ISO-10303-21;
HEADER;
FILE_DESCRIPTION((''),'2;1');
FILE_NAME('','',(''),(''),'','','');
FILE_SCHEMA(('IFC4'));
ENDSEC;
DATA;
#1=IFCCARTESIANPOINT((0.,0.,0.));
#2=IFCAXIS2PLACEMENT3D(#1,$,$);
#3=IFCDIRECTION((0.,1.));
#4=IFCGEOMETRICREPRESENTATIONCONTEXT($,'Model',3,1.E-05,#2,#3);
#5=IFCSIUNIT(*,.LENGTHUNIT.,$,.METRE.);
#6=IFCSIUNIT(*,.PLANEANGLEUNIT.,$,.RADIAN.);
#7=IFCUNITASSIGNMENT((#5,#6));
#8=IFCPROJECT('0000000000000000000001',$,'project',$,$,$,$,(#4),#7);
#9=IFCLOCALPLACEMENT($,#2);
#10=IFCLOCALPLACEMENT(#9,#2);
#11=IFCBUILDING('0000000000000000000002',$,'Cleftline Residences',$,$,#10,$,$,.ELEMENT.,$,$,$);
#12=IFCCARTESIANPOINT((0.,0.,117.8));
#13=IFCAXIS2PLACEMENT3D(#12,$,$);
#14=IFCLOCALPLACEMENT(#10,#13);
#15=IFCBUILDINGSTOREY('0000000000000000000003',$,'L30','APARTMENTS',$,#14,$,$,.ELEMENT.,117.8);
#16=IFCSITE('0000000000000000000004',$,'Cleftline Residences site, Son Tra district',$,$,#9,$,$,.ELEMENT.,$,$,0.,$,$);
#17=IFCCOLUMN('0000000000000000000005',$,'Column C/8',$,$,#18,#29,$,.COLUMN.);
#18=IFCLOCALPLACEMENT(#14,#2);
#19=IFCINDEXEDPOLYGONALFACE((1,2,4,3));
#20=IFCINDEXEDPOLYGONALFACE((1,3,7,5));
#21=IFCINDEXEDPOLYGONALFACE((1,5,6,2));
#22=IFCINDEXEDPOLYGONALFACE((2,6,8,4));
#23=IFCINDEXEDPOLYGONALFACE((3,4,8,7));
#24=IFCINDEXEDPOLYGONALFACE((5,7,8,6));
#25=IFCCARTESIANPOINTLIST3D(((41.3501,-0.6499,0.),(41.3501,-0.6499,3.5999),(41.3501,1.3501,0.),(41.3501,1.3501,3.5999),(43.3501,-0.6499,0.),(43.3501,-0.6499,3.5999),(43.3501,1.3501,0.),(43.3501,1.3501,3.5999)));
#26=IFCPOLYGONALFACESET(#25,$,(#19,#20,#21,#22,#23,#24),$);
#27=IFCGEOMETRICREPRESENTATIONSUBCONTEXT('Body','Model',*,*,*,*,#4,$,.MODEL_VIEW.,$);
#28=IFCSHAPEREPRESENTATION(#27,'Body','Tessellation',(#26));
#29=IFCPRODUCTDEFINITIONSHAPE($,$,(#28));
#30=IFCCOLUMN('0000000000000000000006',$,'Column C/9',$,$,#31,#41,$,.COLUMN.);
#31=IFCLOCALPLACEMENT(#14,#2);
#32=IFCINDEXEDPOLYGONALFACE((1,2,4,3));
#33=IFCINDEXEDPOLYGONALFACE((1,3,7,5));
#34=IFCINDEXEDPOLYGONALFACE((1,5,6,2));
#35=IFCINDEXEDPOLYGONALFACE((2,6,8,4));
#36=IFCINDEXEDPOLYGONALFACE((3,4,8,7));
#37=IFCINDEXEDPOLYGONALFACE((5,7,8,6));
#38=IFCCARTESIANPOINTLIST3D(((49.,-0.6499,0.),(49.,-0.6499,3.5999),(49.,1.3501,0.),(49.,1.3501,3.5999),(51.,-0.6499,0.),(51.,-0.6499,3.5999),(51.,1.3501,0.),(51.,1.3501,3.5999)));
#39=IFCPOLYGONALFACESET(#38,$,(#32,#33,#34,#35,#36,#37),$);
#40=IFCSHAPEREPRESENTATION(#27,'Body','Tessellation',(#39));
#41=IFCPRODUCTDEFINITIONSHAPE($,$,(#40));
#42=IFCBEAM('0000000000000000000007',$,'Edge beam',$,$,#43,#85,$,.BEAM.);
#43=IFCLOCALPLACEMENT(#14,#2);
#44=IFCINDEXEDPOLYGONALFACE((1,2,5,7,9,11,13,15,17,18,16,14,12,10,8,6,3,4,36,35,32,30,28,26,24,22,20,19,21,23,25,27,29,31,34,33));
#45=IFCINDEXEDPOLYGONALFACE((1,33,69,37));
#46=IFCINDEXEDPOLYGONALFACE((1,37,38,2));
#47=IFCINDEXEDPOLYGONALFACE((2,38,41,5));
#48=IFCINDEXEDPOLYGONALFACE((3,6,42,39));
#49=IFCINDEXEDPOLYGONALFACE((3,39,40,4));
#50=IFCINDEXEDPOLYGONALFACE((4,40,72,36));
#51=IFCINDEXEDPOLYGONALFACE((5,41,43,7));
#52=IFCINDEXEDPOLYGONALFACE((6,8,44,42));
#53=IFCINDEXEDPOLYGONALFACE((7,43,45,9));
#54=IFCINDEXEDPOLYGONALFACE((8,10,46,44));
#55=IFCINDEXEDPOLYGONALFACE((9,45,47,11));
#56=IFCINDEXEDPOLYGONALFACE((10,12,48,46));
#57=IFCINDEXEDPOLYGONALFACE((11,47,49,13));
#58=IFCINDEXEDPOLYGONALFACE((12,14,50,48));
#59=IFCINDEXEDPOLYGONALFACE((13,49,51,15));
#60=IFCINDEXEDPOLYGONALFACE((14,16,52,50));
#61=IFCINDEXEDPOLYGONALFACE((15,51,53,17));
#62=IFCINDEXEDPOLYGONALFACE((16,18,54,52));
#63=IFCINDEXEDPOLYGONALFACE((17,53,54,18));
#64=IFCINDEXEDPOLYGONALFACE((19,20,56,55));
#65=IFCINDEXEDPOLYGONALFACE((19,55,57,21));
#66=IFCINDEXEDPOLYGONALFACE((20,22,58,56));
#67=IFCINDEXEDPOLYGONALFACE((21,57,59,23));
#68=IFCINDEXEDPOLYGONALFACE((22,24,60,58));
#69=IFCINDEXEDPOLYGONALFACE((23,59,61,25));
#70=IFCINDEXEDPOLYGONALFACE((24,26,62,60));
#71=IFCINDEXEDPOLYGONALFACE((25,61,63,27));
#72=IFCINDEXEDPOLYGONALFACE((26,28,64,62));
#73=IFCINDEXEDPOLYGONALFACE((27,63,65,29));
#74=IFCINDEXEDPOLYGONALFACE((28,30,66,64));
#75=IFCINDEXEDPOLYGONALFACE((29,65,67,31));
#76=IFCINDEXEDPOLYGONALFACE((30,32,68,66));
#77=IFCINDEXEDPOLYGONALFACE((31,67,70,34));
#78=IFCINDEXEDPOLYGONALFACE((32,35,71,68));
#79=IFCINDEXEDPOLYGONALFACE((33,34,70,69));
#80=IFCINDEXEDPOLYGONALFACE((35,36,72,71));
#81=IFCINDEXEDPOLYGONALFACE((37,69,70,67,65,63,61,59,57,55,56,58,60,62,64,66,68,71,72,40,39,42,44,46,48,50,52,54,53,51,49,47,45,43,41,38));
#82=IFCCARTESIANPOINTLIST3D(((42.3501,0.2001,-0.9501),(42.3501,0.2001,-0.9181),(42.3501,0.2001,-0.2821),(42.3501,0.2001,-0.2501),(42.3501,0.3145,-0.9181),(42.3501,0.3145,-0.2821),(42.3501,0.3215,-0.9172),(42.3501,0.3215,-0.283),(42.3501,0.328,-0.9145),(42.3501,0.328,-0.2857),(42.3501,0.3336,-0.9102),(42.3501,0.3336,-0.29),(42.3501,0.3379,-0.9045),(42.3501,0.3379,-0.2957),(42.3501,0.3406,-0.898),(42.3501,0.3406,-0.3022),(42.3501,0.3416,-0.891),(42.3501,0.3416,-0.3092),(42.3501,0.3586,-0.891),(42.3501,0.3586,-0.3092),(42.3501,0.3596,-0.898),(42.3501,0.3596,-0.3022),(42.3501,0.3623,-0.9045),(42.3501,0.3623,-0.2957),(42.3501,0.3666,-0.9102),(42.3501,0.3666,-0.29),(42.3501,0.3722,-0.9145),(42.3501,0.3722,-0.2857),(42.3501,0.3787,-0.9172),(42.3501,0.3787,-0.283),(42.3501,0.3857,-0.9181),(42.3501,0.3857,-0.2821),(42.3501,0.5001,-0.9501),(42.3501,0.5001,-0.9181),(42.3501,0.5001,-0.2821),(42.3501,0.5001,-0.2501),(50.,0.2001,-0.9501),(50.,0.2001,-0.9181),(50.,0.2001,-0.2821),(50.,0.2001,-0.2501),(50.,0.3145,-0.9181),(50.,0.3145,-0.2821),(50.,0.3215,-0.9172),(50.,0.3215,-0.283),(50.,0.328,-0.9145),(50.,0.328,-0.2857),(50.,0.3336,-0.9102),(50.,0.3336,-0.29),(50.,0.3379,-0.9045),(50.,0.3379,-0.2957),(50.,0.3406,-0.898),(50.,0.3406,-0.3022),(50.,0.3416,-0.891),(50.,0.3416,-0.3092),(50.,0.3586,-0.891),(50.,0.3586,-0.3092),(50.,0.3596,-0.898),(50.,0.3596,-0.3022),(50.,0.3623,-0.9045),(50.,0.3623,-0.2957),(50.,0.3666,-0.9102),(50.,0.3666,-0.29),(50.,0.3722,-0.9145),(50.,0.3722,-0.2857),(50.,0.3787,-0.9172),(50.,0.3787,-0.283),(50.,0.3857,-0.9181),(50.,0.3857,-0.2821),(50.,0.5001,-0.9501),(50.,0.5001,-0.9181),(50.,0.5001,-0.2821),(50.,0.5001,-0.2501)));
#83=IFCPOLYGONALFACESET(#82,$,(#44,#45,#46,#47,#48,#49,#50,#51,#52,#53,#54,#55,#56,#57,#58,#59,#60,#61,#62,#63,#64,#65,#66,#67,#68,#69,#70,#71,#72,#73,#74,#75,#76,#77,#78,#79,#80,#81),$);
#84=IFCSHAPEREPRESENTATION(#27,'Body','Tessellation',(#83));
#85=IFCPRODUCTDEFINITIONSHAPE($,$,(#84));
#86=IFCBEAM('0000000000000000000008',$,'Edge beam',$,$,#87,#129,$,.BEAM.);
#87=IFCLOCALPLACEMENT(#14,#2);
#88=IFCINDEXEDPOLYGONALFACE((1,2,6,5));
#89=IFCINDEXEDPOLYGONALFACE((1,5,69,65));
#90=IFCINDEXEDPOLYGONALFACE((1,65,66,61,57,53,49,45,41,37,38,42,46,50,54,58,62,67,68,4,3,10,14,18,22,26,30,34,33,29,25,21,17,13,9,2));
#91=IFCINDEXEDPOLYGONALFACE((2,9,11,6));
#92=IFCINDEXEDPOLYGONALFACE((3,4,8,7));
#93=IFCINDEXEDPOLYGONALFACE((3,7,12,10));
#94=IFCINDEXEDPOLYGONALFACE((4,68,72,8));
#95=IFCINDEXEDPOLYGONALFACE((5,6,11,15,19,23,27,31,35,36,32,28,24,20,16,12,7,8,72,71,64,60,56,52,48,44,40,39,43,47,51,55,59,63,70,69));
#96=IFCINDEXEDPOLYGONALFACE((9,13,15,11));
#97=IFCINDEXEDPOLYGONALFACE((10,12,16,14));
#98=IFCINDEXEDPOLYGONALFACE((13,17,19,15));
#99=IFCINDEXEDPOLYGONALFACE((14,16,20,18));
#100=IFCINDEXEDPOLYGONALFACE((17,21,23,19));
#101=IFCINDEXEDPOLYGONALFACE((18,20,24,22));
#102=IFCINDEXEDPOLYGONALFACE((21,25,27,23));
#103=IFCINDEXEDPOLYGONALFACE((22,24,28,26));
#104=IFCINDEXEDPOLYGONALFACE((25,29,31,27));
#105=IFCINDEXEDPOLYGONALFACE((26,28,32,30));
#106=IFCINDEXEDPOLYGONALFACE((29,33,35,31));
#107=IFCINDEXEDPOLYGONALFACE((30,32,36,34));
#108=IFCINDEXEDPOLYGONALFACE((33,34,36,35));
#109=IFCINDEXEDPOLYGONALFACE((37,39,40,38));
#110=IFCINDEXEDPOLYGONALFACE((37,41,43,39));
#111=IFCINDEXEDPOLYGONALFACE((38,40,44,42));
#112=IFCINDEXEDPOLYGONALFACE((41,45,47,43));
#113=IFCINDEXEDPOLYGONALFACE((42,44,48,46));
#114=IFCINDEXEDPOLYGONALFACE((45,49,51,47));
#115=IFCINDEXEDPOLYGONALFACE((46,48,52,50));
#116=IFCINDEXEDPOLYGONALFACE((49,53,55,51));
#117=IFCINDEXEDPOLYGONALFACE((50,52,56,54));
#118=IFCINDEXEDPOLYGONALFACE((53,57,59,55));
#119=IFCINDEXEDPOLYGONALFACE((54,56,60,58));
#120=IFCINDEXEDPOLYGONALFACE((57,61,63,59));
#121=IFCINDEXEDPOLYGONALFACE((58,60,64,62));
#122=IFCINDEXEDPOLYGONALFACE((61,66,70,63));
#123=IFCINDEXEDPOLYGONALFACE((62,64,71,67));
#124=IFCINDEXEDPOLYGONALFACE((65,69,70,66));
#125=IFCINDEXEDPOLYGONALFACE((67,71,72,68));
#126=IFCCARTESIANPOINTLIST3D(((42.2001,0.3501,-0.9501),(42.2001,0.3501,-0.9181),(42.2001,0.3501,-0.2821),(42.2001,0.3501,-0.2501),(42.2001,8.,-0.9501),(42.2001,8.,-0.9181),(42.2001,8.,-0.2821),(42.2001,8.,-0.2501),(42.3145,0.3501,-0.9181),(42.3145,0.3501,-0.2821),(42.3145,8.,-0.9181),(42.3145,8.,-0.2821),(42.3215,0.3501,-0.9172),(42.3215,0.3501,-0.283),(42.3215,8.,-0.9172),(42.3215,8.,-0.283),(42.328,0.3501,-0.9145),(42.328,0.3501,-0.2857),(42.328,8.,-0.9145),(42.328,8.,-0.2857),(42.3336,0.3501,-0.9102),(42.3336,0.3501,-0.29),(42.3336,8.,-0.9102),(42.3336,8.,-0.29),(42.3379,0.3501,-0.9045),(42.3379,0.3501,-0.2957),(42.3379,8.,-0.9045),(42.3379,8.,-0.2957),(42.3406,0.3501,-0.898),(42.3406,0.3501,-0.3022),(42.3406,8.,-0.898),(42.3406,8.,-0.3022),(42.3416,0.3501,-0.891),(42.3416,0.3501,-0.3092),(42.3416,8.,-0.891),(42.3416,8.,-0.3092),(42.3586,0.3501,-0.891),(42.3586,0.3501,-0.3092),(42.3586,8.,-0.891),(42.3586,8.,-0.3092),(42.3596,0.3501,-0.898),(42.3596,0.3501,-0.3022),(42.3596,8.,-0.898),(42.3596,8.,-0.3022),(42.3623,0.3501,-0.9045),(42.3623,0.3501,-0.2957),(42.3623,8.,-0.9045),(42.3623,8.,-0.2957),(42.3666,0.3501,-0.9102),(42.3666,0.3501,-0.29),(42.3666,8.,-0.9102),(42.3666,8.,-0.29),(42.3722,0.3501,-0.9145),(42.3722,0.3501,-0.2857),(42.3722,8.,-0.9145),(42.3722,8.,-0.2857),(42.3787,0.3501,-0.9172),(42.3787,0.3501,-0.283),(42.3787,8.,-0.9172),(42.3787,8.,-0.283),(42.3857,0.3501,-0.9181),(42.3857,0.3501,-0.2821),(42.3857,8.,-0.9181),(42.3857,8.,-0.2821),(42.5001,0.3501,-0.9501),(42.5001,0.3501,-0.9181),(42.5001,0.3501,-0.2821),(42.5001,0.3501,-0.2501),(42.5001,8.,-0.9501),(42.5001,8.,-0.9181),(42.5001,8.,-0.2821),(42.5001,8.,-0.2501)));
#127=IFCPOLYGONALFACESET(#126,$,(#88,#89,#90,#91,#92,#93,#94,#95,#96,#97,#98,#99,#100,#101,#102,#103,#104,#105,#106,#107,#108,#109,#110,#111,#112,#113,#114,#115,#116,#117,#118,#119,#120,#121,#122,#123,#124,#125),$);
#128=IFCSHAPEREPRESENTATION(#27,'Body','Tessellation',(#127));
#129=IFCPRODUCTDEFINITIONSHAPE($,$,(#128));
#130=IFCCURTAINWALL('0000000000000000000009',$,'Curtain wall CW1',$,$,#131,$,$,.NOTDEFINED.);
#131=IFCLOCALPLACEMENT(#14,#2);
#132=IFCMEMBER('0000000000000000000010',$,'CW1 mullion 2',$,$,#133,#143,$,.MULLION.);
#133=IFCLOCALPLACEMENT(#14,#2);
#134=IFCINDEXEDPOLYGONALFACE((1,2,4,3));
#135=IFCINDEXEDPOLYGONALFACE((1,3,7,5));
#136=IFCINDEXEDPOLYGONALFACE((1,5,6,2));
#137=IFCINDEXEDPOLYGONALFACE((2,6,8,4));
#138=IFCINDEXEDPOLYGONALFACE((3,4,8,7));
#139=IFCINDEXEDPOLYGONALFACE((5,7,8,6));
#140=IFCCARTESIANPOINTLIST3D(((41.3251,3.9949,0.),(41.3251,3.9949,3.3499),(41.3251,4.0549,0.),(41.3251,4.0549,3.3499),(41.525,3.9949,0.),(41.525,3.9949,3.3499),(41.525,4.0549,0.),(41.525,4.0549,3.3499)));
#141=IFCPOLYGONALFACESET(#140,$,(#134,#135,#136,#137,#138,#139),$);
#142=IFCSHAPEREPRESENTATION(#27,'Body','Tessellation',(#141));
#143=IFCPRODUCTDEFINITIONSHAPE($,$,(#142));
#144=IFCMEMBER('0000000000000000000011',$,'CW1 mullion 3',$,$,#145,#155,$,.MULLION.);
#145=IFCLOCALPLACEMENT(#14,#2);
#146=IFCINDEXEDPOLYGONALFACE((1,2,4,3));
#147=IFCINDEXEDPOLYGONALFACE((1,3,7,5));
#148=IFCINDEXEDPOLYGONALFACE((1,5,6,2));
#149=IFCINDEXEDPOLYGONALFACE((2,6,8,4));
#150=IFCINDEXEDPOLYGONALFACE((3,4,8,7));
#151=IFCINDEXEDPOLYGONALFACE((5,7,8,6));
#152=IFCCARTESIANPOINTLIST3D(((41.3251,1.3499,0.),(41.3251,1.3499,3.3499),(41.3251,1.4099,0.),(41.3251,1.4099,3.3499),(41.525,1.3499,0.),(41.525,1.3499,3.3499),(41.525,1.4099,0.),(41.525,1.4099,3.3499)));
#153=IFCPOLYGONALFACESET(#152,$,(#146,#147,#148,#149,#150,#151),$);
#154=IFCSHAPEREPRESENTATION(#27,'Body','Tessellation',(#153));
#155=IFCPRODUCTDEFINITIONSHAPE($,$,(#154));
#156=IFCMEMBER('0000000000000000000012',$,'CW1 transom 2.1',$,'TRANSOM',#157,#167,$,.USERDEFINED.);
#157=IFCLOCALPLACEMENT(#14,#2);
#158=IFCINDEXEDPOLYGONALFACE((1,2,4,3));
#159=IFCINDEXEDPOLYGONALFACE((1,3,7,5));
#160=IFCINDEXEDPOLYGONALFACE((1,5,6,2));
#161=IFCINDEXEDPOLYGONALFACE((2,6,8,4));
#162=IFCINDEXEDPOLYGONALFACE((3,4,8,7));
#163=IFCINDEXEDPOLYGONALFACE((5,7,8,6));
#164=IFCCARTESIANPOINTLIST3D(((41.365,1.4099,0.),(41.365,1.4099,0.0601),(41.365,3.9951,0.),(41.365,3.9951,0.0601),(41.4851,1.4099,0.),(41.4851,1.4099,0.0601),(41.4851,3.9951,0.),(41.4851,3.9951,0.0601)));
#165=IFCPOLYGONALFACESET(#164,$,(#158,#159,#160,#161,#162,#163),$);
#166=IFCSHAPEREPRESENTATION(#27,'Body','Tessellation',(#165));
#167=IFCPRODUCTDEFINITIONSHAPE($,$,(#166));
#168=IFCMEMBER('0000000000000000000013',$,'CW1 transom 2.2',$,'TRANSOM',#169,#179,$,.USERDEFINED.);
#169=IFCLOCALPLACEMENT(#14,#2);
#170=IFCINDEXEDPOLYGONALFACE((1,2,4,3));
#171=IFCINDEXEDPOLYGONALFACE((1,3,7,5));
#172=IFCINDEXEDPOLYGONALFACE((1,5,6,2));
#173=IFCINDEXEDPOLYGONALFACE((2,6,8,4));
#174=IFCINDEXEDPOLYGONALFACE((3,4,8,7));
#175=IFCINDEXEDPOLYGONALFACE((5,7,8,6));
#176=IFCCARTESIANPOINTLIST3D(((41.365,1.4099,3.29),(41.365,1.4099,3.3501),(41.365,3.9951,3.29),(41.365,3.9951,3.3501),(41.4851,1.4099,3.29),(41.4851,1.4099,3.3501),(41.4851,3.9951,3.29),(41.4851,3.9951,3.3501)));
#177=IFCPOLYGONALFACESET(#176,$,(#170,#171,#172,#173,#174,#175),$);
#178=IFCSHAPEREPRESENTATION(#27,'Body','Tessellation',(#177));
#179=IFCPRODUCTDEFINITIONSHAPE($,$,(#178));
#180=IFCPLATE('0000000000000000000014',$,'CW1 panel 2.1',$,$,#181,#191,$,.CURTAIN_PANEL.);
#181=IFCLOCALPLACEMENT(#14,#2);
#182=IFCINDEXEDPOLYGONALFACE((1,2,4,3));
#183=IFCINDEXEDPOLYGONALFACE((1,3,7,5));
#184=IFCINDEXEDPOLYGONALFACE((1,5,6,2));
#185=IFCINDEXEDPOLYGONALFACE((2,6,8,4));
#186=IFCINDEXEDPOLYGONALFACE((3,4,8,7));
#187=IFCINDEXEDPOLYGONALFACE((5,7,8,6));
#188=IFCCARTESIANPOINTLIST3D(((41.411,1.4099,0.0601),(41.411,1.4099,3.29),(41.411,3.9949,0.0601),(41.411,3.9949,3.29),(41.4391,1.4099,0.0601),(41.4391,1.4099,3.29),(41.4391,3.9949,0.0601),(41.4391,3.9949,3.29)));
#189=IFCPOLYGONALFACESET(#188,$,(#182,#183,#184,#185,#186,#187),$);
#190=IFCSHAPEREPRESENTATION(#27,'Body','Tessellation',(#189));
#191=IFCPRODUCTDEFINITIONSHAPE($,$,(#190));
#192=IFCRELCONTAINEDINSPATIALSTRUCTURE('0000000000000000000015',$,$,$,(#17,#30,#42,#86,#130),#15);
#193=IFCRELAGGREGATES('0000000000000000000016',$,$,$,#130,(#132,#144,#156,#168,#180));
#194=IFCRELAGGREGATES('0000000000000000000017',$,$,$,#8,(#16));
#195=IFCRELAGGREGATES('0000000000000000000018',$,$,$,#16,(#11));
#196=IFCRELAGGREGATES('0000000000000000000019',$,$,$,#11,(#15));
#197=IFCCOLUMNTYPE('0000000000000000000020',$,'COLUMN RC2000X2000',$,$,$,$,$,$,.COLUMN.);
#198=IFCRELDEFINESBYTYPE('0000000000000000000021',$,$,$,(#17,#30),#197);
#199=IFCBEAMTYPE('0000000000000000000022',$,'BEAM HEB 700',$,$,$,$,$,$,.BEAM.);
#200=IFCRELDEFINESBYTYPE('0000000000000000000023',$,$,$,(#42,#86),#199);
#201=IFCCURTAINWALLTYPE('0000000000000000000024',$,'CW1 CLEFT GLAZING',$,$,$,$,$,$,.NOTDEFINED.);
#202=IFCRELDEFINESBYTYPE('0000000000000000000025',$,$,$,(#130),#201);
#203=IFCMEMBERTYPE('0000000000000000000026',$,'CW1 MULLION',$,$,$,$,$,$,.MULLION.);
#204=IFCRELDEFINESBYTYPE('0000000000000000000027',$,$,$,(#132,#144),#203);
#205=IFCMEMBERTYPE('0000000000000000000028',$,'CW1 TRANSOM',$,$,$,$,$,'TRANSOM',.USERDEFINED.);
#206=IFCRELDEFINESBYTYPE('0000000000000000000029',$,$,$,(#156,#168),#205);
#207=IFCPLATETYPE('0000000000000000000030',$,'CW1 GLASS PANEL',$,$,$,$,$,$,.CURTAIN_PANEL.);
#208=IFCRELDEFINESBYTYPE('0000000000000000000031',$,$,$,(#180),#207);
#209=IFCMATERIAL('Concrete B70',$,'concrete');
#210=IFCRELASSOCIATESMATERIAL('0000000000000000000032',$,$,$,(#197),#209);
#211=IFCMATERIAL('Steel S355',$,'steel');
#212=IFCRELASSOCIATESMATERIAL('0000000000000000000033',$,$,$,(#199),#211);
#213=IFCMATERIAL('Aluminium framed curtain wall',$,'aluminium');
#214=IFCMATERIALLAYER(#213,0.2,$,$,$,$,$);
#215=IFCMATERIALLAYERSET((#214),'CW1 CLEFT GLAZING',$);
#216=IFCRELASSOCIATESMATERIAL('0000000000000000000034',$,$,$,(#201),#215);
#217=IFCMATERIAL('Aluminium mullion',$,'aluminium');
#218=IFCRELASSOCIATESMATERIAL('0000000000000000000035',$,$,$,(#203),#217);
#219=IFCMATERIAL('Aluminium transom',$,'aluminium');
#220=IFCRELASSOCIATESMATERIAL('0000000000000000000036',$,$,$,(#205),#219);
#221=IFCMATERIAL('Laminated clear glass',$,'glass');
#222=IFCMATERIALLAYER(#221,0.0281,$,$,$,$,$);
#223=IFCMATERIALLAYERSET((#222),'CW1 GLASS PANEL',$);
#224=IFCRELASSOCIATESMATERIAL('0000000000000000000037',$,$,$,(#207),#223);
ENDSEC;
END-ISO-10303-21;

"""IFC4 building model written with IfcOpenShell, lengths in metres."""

from ifc_helpers import new_model, si_unit, direction, frame, origin, origin_2d, place, context, subcontext, project, spatial, rectangle, i_section, extrude, material, layer, layer_set, material_profile, profile_set, type_object, element, aggregate, save


model = new_model("IFC4")

# Units and contexts
model_context = context("Model", 3, precision=1e-05, world=origin(), true_north=direction((0.0, 1.0)))
body_context = subcontext(model_context, "Body", "Model", "MODEL_VIEW")
ifc_project = project(units=[si_unit("LENGTHUNIT", "METRE"), si_unit("PLANEANGLEUNIT", "RADIAN")], contexts=[model_context])

# Site, building, storey
site_placement = place(None, origin())
site = spatial("IfcSite", under=ifc_project, at=site_placement, Name="Cleftline Residences site, Son Tra district", CompositionType="ELEMENT", RefElevation=0.0)
building_placement = place(site_placement, origin())
building = spatial("IfcBuilding", under=site, at=building_placement, Name="Cleftline Residences", CompositionType="ELEMENT")
storey_placement = place(building_placement, frame((0.0, 0.0, 117.8)))
storey = spatial("IfcBuildingStorey", under=building, at=storey_placement, Name="L30", Description="APARTMENTS", CompositionType="ELEMENT", Elevation=117.8)

# Columns
ifc_material_1 = material(Name="Concrete B70", Category="concrete")
ifc_material_profile_1 = material_profile(ifc_material_1, rectangle(XDim=2.0, YDim=2.0, at=origin_2d()))
ifc_profile_set_1 = profile_set([ifc_material_profile_1], Name="Concrete B70")
column_type = type_object("IfcColumnType", Name="COLUMN RC2000X2000", PredefinedType="COLUMN", material=ifc_profile_set_1)
for number, where, z_axis, x_axis, name in (
    (1, (42.3501, 0.3501, 0.0), (0.0, 0.0, 1.0), (1.0, 0.0, 0.0), "Column C/8"),
    (2, (50.0, 0.3501, 0.0), (0.0, 0.0, 1.0), (1.0, 0.0, 0.0), "Column C/9"),
):
    element("IfcColumn", number, at=place(storey_placement, frame(where, z_axis=z_axis, x_axis=x_axis)), inside=storey, type_object=column_type, Name=name, PredefinedType="COLUMN", context=body_context, shape_type="SweptSolid", body=[
        extrude(rectangle(XDim=2.0, YDim=2.0, at=origin_2d()), origin(), (0.0, 0.0, 1.0), 3.5999),
    ])

# Beams
ifc_material_2 = material(Name="Steel S355", Category="steel")
ifc_material_profile_2 = material_profile(ifc_material_2, i_section(OverallWidth=0.3, OverallDepth=0.7, WebThickness=0.0171, FlangeThickness=0.032, FilletRadius=0.0271, at=origin_2d()))
ifc_profile_set_2 = profile_set([ifc_material_profile_2], Name="Steel S355")
beam_type = type_object("IfcBeamType", Name="BEAM HEB 700", PredefinedType="BEAM", material=ifc_profile_set_2)
for number, where, z_axis, x_axis, name in (
    (3, (50.0, 0.3501, -0.6001), (-1.0, 0.0, 0.0), (0.0, -1.0, 0.0), "Edge beam"),
    (4, (42.3501, 0.3501, -0.6001), (0.0, 1.0, 0.0), (-1.0, 0.0, 0.0), "Edge beam"),
):
    element("IfcBeam", number, at=place(storey_placement, frame(where, z_axis=z_axis, x_axis=x_axis)), inside=storey, type_object=beam_type, Name=name, PredefinedType="BEAM", context=body_context, shape_type="SweptSolid", body=[
        extrude(i_section(OverallWidth=0.3, OverallDepth=0.7, WebThickness=0.0171, FlangeThickness=0.032, FilletRadius=0.0271, at=origin_2d()), origin(), (0.0, 0.0, 1.0), 7.6499),
    ])

# Curtain wall, members, plate
ifc_material_3 = material(Name="Aluminium framed curtain wall", Category="aluminium")
ifc_layer_1 = layer(ifc_material_3, 0.2)
ifc_layer_set_1 = layer_set([ifc_layer_1], Name="CW1 CLEFT GLAZING")
curtain_wall_type = type_object("IfcCurtainWallType", Name="CW1 CLEFT GLAZING", PredefinedType="NOTDEFINED", material=ifc_layer_set_1)
curtain_wall_placement = place(storey_placement, origin())
curtain_wall = element("IfcCurtainWall", 5, at=curtain_wall_placement, inside=storey, type_object=curtain_wall_type, Name="Curtain wall CW1", PredefinedType="NOTDEFINED")
ifc_material_4 = material(Name="Aluminium mullion", Category="aluminium")
ifc_material_profile_3 = material_profile(ifc_material_4, rectangle(XDim=0.2, YDim=0.0601, at=origin_2d()))
ifc_profile_set_3 = profile_set([ifc_material_profile_3], Name="Aluminium mullion")
member_type_1 = type_object("IfcMemberType", Name="CW1 MULLION", PredefinedType="MULLION", material=ifc_profile_set_3)
member_1_placement = place(storey_placement, frame((41.425, 4.0249, 0.0), z_axis=(0.0, 0.0, 1.0), x_axis=(1.0, 0.0, 0.0)))
member_1 = element("IfcMember", 6, at=member_1_placement, type_object=member_type_1, Name="CW1 mullion 2", PredefinedType="MULLION", context=body_context, shape_type="SweptSolid", body=[
    extrude(rectangle(XDim=0.2, YDim=0.0601, at=origin_2d()), origin(), (0.0, 0.0, 1.0), 3.3499),
])
member_2_placement = place(storey_placement, frame((41.425, 1.3799, 0.0), z_axis=(0.0, 0.0, 1.0), x_axis=(1.0, 0.0, 0.0)))
member_2 = element("IfcMember", 7, at=member_2_placement, type_object=member_type_1, Name="CW1 mullion 3", PredefinedType="MULLION", context=body_context, shape_type="SweptSolid", body=[
    extrude(rectangle(XDim=0.2, YDim=0.0601, at=origin_2d()), origin(), (0.0, 0.0, 1.0), 3.3499),
])
ifc_material_5 = material(Name="Aluminium transom", Category="aluminium")
ifc_material_profile_4 = material_profile(ifc_material_5, rectangle(XDim=0.1201, YDim=0.0601, at=origin_2d()))
ifc_profile_set_4 = profile_set([ifc_material_profile_4], Name="Aluminium transom")
member_type_2 = type_object("IfcMemberType", Name="CW1 TRANSOM", ElementType="TRANSOM", PredefinedType="USERDEFINED", material=ifc_profile_set_4)
member_3_placement = place(storey_placement, frame((41.425, 3.9951, 0.03), z_axis=(0.0, -1.0, 0.0), x_axis=(1.0, 0.0, 0.0)))
member_3 = element("IfcMember", 8, at=member_3_placement, type_object=member_type_2, Name="CW1 transom 2.1", ObjectType="TRANSOM", PredefinedType="USERDEFINED", context=body_context, shape_type="SweptSolid", body=[
    extrude(rectangle(XDim=0.1201, YDim=0.0601, at=origin_2d()), origin(), (0.0, 0.0, 1.0), 2.5852),
])
member_4_placement = place(storey_placement, frame((41.425, 3.9951, 3.3201), z_axis=(0.0, -1.0, 0.0), x_axis=(1.0, 0.0, 0.0)))
member_4 = element("IfcMember", 9, at=member_4_placement, type_object=member_type_2, Name="CW1 transom 2.2", ObjectType="TRANSOM", PredefinedType="USERDEFINED", context=body_context, shape_type="SweptSolid", body=[
    extrude(rectangle(XDim=0.1201, YDim=0.0601, at=origin_2d()), origin(), (0.0, 0.0, 1.0), 2.5852),
])
ifc_material_6 = material(Name="Laminated clear glass", Category="glass")
ifc_layer_2 = layer(ifc_material_6, 0.0281)
ifc_layer_set_2 = layer_set([ifc_layer_2], Name="CW1 GLASS PANEL")
plate_type = type_object("IfcPlateType", Name="CW1 GLASS PANEL", PredefinedType="CURTAIN_PANEL", material=ifc_layer_set_2)
plate_placement = place(storey_placement, frame((41.425, 2.7024, 0.0601), z_axis=(0.0, 0.0, 1.0), x_axis=(0.0, -1.0, 0.0)))
plate = element("IfcPlate", 10, at=plate_placement, type_object=plate_type, Name="CW1 panel 2.1", PredefinedType="CURTAIN_PANEL", context=body_context, shape_type="SweptSolid", body=[
    extrude(rectangle(XDim=2.585, YDim=0.0281, at=origin_2d()), origin(), (0.0, 0.0, 1.0), 3.23),
])
aggregate(curtain_wall, [member_1, member_2, member_3, member_4, plate])

save(model, "model.ifc")
